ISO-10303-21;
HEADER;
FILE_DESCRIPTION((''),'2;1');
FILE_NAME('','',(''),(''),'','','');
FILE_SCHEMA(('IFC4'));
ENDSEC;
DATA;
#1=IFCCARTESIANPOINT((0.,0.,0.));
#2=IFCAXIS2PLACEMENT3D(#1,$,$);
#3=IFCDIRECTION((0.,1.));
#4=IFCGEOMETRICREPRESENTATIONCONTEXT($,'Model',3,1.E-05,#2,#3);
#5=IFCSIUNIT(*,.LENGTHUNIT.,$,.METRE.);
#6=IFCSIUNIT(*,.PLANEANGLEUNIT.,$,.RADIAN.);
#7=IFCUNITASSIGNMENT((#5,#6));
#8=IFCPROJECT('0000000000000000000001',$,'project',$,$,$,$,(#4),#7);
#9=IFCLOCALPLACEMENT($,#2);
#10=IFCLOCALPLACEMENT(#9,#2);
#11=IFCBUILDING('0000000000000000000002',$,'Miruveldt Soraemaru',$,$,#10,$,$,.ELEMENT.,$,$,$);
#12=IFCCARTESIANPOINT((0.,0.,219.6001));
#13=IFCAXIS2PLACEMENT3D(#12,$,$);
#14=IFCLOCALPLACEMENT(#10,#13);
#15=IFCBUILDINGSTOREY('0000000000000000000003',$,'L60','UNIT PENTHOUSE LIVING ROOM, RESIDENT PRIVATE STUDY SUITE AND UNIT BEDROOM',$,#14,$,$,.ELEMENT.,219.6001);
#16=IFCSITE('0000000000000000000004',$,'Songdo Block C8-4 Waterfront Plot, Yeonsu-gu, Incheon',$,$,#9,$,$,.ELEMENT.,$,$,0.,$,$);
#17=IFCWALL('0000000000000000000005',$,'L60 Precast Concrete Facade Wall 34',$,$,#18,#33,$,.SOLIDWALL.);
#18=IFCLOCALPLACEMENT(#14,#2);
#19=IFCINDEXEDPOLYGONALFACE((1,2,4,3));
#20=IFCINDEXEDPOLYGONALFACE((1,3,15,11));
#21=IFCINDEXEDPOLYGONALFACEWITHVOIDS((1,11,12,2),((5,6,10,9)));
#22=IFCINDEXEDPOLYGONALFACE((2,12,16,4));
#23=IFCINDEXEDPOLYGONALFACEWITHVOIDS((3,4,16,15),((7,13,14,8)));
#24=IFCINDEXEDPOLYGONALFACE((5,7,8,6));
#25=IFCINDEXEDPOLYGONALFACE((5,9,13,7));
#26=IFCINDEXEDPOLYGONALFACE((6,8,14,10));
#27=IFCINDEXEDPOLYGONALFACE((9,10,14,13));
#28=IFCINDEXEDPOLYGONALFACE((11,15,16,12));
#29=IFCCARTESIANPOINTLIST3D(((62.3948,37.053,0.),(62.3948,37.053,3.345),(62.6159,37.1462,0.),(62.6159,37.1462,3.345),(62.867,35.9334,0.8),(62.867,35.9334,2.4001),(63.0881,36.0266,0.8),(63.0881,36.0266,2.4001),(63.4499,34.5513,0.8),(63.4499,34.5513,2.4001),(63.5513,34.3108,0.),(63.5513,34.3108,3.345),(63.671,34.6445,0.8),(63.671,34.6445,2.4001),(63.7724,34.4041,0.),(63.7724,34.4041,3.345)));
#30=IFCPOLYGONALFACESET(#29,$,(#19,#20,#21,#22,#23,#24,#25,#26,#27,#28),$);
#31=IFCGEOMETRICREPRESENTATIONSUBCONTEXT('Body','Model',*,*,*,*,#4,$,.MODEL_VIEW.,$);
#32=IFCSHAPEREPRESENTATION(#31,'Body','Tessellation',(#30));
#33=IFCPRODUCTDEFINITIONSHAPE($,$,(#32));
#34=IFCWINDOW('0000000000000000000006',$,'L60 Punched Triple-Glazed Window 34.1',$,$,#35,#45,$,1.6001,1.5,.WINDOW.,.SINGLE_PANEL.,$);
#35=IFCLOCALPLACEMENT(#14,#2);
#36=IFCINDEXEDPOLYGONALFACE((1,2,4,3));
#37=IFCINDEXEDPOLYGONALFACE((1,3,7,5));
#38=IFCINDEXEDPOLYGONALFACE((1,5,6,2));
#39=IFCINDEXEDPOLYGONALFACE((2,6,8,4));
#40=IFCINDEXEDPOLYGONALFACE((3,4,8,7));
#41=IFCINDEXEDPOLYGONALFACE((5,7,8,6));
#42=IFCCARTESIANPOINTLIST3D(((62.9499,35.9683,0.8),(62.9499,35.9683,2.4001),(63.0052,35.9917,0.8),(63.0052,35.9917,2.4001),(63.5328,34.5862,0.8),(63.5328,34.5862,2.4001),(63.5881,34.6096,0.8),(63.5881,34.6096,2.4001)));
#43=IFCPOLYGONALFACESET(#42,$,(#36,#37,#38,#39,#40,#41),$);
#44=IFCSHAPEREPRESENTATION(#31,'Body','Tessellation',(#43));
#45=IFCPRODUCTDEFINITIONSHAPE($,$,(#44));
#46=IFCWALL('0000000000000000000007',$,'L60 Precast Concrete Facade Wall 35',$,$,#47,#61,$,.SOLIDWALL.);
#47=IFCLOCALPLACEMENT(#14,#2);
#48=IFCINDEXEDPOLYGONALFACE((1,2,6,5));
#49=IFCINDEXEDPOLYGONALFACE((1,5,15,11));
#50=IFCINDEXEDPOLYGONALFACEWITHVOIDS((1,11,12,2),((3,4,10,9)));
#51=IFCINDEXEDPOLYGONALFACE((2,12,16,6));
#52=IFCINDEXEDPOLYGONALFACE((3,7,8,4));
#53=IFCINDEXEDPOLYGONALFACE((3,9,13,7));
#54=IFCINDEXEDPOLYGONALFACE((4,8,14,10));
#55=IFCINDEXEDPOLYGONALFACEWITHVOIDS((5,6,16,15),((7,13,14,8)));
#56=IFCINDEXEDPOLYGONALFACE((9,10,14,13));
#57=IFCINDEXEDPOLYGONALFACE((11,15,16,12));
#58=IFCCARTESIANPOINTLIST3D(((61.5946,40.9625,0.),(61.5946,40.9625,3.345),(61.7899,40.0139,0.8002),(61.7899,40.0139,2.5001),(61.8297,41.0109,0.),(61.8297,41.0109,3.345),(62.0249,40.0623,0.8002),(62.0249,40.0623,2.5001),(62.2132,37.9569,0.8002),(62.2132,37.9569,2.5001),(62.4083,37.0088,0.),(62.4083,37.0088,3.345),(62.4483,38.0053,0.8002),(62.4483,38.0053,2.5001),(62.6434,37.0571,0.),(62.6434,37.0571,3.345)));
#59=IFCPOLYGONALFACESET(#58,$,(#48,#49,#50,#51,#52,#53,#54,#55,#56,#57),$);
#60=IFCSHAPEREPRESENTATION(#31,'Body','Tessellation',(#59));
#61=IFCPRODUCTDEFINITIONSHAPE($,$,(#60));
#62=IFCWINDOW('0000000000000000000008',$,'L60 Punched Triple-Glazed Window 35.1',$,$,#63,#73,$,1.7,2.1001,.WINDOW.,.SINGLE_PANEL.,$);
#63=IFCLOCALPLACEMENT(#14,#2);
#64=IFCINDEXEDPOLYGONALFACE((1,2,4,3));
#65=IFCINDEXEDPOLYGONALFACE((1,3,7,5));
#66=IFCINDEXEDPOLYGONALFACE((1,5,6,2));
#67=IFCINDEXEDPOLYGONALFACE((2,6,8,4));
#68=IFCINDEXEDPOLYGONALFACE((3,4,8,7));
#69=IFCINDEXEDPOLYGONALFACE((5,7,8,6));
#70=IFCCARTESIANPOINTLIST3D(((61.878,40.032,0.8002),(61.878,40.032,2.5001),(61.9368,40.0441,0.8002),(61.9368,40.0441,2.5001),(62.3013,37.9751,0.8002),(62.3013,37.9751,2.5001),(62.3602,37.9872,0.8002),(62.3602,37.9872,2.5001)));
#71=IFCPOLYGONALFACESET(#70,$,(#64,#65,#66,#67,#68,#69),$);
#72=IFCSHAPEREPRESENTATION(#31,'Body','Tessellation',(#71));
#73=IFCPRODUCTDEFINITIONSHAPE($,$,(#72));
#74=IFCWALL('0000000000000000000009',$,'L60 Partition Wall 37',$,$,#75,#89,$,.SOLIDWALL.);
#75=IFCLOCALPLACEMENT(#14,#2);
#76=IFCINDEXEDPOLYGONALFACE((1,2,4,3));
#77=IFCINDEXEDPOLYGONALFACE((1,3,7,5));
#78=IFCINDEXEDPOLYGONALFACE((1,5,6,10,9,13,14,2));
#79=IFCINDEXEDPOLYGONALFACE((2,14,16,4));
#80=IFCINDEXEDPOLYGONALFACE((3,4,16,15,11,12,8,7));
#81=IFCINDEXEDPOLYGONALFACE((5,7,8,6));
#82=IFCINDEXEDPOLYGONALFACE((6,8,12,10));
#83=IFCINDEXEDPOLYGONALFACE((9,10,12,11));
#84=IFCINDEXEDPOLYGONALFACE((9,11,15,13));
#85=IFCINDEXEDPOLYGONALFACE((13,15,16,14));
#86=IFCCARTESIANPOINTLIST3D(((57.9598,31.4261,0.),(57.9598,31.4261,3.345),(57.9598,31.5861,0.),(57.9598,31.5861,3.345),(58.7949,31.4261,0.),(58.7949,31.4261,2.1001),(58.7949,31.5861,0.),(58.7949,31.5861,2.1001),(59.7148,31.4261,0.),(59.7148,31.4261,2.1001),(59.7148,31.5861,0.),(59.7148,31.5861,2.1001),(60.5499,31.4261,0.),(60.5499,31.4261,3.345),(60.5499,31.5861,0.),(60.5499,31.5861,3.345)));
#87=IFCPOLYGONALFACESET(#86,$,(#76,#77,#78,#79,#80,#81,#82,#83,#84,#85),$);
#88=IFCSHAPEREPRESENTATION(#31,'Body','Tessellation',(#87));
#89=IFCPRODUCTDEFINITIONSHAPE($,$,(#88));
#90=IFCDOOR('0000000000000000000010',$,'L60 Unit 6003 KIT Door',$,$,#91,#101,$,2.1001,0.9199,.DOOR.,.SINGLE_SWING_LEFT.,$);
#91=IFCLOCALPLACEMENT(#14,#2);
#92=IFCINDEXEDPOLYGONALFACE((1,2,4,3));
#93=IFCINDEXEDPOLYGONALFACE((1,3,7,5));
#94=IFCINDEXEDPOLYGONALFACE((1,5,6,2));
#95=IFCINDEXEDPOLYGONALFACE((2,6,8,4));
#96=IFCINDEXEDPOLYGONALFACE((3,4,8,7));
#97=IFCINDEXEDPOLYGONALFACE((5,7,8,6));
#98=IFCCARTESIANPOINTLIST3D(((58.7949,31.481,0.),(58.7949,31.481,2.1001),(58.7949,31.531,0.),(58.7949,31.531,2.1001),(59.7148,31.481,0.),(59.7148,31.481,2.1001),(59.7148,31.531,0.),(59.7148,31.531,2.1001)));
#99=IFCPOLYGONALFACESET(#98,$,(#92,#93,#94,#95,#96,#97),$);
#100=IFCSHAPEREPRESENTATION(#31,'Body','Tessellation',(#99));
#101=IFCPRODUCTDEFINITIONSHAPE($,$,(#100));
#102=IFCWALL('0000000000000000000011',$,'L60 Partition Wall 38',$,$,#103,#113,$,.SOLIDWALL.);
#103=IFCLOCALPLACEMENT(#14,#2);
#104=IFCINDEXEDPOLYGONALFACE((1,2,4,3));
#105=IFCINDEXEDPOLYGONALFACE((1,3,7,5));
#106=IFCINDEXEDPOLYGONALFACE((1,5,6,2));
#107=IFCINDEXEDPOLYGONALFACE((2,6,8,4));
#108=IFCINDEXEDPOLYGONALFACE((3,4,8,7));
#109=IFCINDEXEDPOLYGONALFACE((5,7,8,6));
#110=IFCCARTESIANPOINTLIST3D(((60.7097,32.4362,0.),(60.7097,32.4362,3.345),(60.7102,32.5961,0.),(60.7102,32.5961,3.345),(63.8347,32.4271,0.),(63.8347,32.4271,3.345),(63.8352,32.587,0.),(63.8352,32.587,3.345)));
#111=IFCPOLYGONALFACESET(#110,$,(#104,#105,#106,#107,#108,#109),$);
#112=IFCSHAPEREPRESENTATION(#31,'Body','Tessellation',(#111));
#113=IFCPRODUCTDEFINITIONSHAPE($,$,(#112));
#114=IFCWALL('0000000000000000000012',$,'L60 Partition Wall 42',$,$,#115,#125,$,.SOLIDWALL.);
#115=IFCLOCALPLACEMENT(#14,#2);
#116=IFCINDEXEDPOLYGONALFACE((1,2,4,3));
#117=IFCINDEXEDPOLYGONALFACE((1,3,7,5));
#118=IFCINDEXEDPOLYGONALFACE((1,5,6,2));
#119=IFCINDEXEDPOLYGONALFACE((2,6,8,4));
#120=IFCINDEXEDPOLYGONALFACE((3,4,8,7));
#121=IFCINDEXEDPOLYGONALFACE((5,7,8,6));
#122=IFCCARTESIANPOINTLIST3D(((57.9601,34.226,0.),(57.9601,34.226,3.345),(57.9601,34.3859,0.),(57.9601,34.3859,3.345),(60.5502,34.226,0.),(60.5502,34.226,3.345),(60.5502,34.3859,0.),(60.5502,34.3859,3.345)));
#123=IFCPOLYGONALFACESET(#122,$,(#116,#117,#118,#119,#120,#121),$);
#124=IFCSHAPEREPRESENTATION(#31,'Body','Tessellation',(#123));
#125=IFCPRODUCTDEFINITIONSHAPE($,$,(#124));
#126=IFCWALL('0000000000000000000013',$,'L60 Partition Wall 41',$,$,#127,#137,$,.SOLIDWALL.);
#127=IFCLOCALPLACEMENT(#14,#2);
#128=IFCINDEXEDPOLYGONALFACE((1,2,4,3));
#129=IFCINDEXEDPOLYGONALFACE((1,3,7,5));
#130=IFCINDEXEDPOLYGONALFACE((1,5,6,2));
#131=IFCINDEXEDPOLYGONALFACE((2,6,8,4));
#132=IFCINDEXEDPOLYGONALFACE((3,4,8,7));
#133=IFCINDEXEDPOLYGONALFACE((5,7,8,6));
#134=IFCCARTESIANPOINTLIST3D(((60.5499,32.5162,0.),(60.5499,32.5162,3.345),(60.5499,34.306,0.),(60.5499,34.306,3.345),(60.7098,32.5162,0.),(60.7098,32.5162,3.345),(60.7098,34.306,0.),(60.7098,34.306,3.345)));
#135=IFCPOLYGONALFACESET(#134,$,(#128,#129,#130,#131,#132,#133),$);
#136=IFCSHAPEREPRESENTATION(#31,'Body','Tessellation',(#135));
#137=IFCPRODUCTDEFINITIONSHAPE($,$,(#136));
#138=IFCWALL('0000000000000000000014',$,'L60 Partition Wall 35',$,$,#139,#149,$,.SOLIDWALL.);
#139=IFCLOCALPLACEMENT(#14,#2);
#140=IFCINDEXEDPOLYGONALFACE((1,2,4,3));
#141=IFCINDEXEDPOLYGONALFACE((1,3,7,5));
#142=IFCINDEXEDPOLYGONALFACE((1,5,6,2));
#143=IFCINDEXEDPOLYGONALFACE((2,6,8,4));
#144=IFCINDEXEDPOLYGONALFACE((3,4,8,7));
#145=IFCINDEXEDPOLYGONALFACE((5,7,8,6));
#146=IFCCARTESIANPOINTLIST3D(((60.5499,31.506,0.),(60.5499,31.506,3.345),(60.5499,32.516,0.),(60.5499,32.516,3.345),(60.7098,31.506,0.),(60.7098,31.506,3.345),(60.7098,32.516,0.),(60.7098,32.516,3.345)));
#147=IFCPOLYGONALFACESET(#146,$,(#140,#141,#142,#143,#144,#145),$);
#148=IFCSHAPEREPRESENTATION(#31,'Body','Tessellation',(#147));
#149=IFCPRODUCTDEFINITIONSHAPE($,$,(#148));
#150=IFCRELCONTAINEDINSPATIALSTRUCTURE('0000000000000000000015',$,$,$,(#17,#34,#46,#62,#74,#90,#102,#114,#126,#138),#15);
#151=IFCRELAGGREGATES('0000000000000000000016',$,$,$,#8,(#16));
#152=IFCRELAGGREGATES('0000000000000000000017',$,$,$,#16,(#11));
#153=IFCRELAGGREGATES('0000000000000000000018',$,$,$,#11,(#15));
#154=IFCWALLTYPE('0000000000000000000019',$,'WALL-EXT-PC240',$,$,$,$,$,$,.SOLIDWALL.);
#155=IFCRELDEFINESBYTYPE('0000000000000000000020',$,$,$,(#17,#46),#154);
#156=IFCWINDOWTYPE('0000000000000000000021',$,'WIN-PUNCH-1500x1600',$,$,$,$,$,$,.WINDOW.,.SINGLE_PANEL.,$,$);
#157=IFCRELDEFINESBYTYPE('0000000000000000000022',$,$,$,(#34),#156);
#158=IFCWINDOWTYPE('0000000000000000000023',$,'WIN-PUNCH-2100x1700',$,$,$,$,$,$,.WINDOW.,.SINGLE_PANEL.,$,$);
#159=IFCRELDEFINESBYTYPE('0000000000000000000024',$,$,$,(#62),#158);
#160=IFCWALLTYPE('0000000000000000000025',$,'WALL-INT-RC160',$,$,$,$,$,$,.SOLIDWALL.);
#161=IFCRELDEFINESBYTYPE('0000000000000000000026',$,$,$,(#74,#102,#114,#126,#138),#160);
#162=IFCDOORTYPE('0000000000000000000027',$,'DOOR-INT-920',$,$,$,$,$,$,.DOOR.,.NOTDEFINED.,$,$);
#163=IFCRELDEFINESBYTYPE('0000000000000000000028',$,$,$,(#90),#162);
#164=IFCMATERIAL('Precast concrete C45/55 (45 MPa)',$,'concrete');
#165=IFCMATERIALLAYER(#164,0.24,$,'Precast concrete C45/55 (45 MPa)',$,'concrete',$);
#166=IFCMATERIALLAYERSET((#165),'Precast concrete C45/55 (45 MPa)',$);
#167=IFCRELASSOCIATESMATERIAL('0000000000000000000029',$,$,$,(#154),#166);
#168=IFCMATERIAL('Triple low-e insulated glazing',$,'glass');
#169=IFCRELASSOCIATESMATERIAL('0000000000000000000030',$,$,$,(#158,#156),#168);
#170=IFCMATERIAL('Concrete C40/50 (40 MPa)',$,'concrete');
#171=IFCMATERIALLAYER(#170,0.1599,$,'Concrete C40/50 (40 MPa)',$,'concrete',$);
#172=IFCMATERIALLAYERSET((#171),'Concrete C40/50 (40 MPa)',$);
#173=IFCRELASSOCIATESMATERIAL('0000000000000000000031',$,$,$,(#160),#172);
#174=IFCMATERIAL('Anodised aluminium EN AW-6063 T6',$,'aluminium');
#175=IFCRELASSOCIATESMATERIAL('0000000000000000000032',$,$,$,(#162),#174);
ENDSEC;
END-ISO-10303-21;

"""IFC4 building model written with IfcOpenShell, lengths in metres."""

from ifc_helpers import new_model, si_unit, direction, frame, frame_2d, origin, place, context, subcontext, project, spatial, rectangle, extrude, material, layer, layer_set, type_object, element, fill, save


model = new_model("IFC4")

# Units and contexts
model_context = context("Model", 3, precision=1e-05, world=origin(), true_north=direction((0.0, 1.0)))
body_context = subcontext(model_context, "Body", "Model", "MODEL_VIEW")
ifc_project = project(units=[si_unit("LENGTHUNIT", "METRE"), si_unit("PLANEANGLEUNIT", "RADIAN")], contexts=[model_context])

# Site, building, storey
site_placement = place(None, origin())
site = spatial("IfcSite", under=ifc_project, at=site_placement, Name="Songdo Block C8-4 Waterfront Plot, Yeonsu-gu, Incheon", CompositionType="ELEMENT", RefElevation=0.0)
building_placement = place(site_placement, origin())
building = spatial("IfcBuilding", under=site, at=building_placement, Name="Miruveldt Soraemaru", CompositionType="ELEMENT")
storey_placement = place(building_placement, frame((0.0, 0.0, 219.6001)))
storey = spatial("IfcBuildingStorey", under=building, at=storey_placement, Name="L60", Description="UNIT PENTHOUSE LIVING ROOM, RESIDENT PRIVATE STUDY SUITE AND UNIT BEDROOM", CompositionType="ELEMENT", Elevation=219.6001)

# Shared definitions
ifc_material_1 = material(Name="Anodised aluminium EN AW-6063 T6", Category="aluminium")

# Walls, openings, windows
ifc_material_2 = material(Name="Precast concrete C45/55 (45 MPa)", Category="concrete")
ifc_layer_1 = layer(ifc_material_2, 0.24, Name="Precast concrete C45/55 (45 MPa)", Category="concrete")
ifc_layer_set_1 = layer_set([ifc_layer_1], Name="Precast concrete C45/55 (45 MPa)")
wall_type_1 = type_object("IfcWallType", Name="WALL-EXT-PC240", PredefinedType="SOLIDWALL", material=ifc_layer_set_1)
ifc_material_3 = material(Name="Triple low-e insulated glazing", Category="glass")
window_type_1 = type_object("IfcWindowType", Name="WIN-PUNCH-2100x1700", PartitioningType="SINGLE_PANEL", PredefinedType="WINDOW", material=ifc_material_3)
window_type_2 = type_object("IfcWindowType", Name="WIN-PUNCH-1500x1600", PartitioningType="SINGLE_PANEL", PredefinedType="WINDOW", material=ifc_material_3)
wall_1_placement = place(storey_placement, frame((63.6619, 34.3574, 0.0), z_axis=(0.0, 0.0, 1.0), x_axis=(-0.388596, 0.921408, 0.0)))
wall_1 = element("IfcWall", 1, at=wall_1_placement, inside=storey, type_object=wall_type_1, Name="L60 Precast Concrete Facade Wall 34", PredefinedType="SOLIDWALL", context=body_context, shape_type="SweptSolid", body=[
    extrude(rectangle(XDim=2.9761, YDim=0.24, at=frame_2d((1.488, 0.0))), origin(), (0.0, 0.0, 1.0), 3.345),
])
opening_1_placement = place(wall_1_placement, frame((0.261, 0.0, 0.8)))
opening_1 = element("IfcOpeningElement", 2, at=opening_1_placement, cuts=wall_1, PredefinedType="OPENING", context=body_context, shape_type="SweptSolid", body=[
    extrude(rectangle(XDim=1.5, YDim=1.6001, at=frame_2d((0.75, 0.8))), frame((0.0, 0.1299, 0.0), z_axis=(0.0, -1.0, 0.0), x_axis=(1.0, 0.0, 0.0)), (0.0, 0.0, 1.0), 0.26),
])
window_1_placement = place(opening_1_placement, origin())
window_1 = element("IfcWindow", 3, at=window_1_placement, inside=storey, type_object=window_type_2, Name="L60 Punched Triple-Glazed Window 34.1", OverallHeight=1.6001, OverallWidth=1.5, PartitioningType="SINGLE_PANEL", PredefinedType="WINDOW", context=body_context, shape_type="SweptSolid", body=[
    extrude(rectangle(XDim=1.5, YDim=1.6001, at=frame_2d((0.75, 0.8))), frame((0.0, 0.03, 0.0), z_axis=(0.0, -1.0, 0.0), x_axis=(1.0, 0.0, 0.0)), (0.0, 0.0, 1.0), 0.0601),
])
fill(opening_1, window_1)
wall_2_placement = place(storey_placement, frame((62.5259, 37.033, 0.0), z_axis=(0.0, 0.0, 1.0), x_axis=(-0.20158, 0.979472, 0.0)))
wall_2 = element("IfcWall", 4, at=wall_2_placement, inside=storey, type_object=wall_type_1, Name="L60 Precast Concrete Facade Wall 35", PredefinedType="SOLIDWALL", context=body_context, shape_type="SweptSolid", body=[
    extrude(rectangle(XDim=4.0366, YDim=0.24, at=frame_2d((2.0183, 0.0))), origin(), (0.0, 0.0, 1.0), 3.345),
])
opening_2_placement = place(wall_2_placement, frame((0.968, 0.0, 0.8)))
opening_2 = element("IfcOpeningElement", 5, at=opening_2_placement, cuts=wall_2, PredefinedType="OPENING", context=body_context, shape_type="SweptSolid", body=[
    extrude(rectangle(XDim=2.1001, YDim=1.7, at=frame_2d((1.05, 0.8501))), frame((0.0, 0.1299, 0.0), z_axis=(0.0, -1.0, 0.0), x_axis=(1.0, 0.0, 0.0)), (0.0, 0.0, 1.0), 0.26),
])
window_2_placement = place(opening_2_placement, origin())
window_2 = element("IfcWindow", 6, at=window_2_placement, inside=storey, type_object=window_type_1, Name="L60 Punched Triple-Glazed Window 35.1", OverallHeight=1.7, OverallWidth=2.1001, PartitioningType="SINGLE_PANEL", PredefinedType="WINDOW", context=body_context, shape_type="SweptSolid", body=[
    extrude(rectangle(XDim=2.1001, YDim=1.7, at=frame_2d((1.05, 0.8501))), frame((0.0, 0.03, 0.0), z_axis=(0.0, -1.0, 0.0), x_axis=(1.0, 0.0, 0.0)), (0.0, 0.0, 1.0), 0.0601),
])
fill(opening_2, window_2)

# Wall, opening, door
ifc_material_4 = material(Name="Concrete C40/50 (40 MPa)", Category="concrete")
ifc_layer_2 = layer(ifc_material_4, 0.1599, Name="Concrete C40/50 (40 MPa)", Category="concrete")
ifc_layer_set_2 = layer_set([ifc_layer_2], Name="Concrete C40/50 (40 MPa)")
wall_type_2 = type_object("IfcWallType", Name="WALL-INT-RC160", PredefinedType="SOLIDWALL", material=ifc_layer_set_2)
wall_3_placement = place(storey_placement, frame((57.96, 31.5061, 0.0), z_axis=(0.0, 0.0, 1.0), x_axis=(1.0, 0.0, 0.0)))
wall_3 = element("IfcWall", 7, at=wall_3_placement, inside=storey, type_object=wall_type_2, Name="L60 Partition Wall 37", PredefinedType="SOLIDWALL", context=body_context, shape_type="SweptSolid", body=[
    extrude(rectangle(XDim=2.5901, YDim=0.1599, at=frame_2d((1.2949, 0.0))), origin(), (0.0, 0.0, 1.0), 3.345),
])
opening_3_placement = place(wall_3_placement, frame((0.835, 0.0, 0.0)))
opening_3 = element("IfcOpeningElement", 8, at=opening_3_placement, cuts=wall_3, PredefinedType="OPENING", context=body_context, shape_type="SweptSolid", body=[
    extrude(rectangle(XDim=0.9199, YDim=2.1001, at=frame_2d((0.46, 1.05))), frame((0.0, 0.0898, 0.0), z_axis=(0.0, -1.0, 0.0), x_axis=(1.0, 0.0, 0.0)), (0.0, 0.0, 1.0), 0.1799),
])
door_type = type_object("IfcDoorType", Name="DOOR-INT-920", OperationType="NOTDEFINED", PredefinedType="DOOR", material=ifc_material_1)
door_placement = place(opening_3_placement, origin())
door = element("IfcDoor", 9, at=door_placement, inside=storey, type_object=door_type, Name="L60 Unit 6003 KIT Door", OperationType="SINGLE_SWING_LEFT", OverallHeight=2.1001, OverallWidth=0.9199, PredefinedType="DOOR", context=body_context, shape_type="SweptSolid", body=[
    extrude(rectangle(XDim=0.9199, YDim=2.1001, at=frame_2d((0.46, 1.05))), frame((0.0, 0.0249, 0.0), z_axis=(0.0, -1.0, 0.0), x_axis=(1.0, 0.0, 0.0)), (0.0, 0.0, 1.0), 0.05),
])
fill(opening_3, door)

# Walls
wall_4_placement = place(storey_placement, frame((63.835, 32.5071, 0.0), z_axis=(0.0, 0.0, 1.0), x_axis=(-0.999996, 0.002891, 0.0)))
element("IfcWall", 10, at=wall_4_placement, inside=storey, type_object=wall_type_2, Name="L60 Partition Wall 38", PredefinedType="SOLIDWALL", context=body_context, shape_type="SweptSolid", body=[
    extrude(rectangle(XDim=3.125, YDim=0.1599, at=frame_2d((1.5625, 0.0))), origin(), (0.0, 0.0, 1.0), 3.345),
])
wall_5_placement = place(storey_placement, frame((60.55, 34.3059, 0.0), z_axis=(0.0, 0.0, 1.0), x_axis=(-1.0, 0.0, 0.0)))
element("IfcWall", 11, at=wall_5_placement, inside=storey, type_object=wall_type_2, Name="L60 Partition Wall 42", PredefinedType="SOLIDWALL", context=body_context, shape_type="SweptSolid", body=[
    extrude(rectangle(XDim=2.5901, YDim=0.1599, at=frame_2d((1.2949, 0.0))), origin(), (0.0, 0.0, 1.0), 3.345),
])
wall_6_placement = place(storey_placement, frame((60.6299, 32.5161, 0.0), z_axis=(0.0, 0.0, 1.0), x_axis=(0.0, 1.0, 0.0)))
element("IfcWall", 12, at=wall_6_placement, inside=storey, type_object=wall_type_2, Name="L60 Partition Wall 41", PredefinedType="SOLIDWALL", context=body_context, shape_type="SweptSolid", body=[
    extrude(rectangle(XDim=1.7898, YDim=0.1599, at=frame_2d((0.895, 0.0))), origin(), (0.0, 0.0, 1.0), 3.345),
])
wall_7_placement = place(storey_placement, frame((60.6299, 31.5061, 0.0), z_axis=(0.0, 0.0, 1.0), x_axis=(0.0, 1.0, 0.0)))
element("IfcWall", 13, at=wall_7_placement, inside=storey, type_object=wall_type_2, Name="L60 Partition Wall 35", PredefinedType="SOLIDWALL", context=body_context, shape_type="SweptSolid", body=[
    extrude(rectangle(XDim=1.01, YDim=0.1599, at=frame_2d((0.5049, 0.0))), origin(), (0.0, 0.0, 1.0), 3.345),
])

save(model, "model.ifc")
